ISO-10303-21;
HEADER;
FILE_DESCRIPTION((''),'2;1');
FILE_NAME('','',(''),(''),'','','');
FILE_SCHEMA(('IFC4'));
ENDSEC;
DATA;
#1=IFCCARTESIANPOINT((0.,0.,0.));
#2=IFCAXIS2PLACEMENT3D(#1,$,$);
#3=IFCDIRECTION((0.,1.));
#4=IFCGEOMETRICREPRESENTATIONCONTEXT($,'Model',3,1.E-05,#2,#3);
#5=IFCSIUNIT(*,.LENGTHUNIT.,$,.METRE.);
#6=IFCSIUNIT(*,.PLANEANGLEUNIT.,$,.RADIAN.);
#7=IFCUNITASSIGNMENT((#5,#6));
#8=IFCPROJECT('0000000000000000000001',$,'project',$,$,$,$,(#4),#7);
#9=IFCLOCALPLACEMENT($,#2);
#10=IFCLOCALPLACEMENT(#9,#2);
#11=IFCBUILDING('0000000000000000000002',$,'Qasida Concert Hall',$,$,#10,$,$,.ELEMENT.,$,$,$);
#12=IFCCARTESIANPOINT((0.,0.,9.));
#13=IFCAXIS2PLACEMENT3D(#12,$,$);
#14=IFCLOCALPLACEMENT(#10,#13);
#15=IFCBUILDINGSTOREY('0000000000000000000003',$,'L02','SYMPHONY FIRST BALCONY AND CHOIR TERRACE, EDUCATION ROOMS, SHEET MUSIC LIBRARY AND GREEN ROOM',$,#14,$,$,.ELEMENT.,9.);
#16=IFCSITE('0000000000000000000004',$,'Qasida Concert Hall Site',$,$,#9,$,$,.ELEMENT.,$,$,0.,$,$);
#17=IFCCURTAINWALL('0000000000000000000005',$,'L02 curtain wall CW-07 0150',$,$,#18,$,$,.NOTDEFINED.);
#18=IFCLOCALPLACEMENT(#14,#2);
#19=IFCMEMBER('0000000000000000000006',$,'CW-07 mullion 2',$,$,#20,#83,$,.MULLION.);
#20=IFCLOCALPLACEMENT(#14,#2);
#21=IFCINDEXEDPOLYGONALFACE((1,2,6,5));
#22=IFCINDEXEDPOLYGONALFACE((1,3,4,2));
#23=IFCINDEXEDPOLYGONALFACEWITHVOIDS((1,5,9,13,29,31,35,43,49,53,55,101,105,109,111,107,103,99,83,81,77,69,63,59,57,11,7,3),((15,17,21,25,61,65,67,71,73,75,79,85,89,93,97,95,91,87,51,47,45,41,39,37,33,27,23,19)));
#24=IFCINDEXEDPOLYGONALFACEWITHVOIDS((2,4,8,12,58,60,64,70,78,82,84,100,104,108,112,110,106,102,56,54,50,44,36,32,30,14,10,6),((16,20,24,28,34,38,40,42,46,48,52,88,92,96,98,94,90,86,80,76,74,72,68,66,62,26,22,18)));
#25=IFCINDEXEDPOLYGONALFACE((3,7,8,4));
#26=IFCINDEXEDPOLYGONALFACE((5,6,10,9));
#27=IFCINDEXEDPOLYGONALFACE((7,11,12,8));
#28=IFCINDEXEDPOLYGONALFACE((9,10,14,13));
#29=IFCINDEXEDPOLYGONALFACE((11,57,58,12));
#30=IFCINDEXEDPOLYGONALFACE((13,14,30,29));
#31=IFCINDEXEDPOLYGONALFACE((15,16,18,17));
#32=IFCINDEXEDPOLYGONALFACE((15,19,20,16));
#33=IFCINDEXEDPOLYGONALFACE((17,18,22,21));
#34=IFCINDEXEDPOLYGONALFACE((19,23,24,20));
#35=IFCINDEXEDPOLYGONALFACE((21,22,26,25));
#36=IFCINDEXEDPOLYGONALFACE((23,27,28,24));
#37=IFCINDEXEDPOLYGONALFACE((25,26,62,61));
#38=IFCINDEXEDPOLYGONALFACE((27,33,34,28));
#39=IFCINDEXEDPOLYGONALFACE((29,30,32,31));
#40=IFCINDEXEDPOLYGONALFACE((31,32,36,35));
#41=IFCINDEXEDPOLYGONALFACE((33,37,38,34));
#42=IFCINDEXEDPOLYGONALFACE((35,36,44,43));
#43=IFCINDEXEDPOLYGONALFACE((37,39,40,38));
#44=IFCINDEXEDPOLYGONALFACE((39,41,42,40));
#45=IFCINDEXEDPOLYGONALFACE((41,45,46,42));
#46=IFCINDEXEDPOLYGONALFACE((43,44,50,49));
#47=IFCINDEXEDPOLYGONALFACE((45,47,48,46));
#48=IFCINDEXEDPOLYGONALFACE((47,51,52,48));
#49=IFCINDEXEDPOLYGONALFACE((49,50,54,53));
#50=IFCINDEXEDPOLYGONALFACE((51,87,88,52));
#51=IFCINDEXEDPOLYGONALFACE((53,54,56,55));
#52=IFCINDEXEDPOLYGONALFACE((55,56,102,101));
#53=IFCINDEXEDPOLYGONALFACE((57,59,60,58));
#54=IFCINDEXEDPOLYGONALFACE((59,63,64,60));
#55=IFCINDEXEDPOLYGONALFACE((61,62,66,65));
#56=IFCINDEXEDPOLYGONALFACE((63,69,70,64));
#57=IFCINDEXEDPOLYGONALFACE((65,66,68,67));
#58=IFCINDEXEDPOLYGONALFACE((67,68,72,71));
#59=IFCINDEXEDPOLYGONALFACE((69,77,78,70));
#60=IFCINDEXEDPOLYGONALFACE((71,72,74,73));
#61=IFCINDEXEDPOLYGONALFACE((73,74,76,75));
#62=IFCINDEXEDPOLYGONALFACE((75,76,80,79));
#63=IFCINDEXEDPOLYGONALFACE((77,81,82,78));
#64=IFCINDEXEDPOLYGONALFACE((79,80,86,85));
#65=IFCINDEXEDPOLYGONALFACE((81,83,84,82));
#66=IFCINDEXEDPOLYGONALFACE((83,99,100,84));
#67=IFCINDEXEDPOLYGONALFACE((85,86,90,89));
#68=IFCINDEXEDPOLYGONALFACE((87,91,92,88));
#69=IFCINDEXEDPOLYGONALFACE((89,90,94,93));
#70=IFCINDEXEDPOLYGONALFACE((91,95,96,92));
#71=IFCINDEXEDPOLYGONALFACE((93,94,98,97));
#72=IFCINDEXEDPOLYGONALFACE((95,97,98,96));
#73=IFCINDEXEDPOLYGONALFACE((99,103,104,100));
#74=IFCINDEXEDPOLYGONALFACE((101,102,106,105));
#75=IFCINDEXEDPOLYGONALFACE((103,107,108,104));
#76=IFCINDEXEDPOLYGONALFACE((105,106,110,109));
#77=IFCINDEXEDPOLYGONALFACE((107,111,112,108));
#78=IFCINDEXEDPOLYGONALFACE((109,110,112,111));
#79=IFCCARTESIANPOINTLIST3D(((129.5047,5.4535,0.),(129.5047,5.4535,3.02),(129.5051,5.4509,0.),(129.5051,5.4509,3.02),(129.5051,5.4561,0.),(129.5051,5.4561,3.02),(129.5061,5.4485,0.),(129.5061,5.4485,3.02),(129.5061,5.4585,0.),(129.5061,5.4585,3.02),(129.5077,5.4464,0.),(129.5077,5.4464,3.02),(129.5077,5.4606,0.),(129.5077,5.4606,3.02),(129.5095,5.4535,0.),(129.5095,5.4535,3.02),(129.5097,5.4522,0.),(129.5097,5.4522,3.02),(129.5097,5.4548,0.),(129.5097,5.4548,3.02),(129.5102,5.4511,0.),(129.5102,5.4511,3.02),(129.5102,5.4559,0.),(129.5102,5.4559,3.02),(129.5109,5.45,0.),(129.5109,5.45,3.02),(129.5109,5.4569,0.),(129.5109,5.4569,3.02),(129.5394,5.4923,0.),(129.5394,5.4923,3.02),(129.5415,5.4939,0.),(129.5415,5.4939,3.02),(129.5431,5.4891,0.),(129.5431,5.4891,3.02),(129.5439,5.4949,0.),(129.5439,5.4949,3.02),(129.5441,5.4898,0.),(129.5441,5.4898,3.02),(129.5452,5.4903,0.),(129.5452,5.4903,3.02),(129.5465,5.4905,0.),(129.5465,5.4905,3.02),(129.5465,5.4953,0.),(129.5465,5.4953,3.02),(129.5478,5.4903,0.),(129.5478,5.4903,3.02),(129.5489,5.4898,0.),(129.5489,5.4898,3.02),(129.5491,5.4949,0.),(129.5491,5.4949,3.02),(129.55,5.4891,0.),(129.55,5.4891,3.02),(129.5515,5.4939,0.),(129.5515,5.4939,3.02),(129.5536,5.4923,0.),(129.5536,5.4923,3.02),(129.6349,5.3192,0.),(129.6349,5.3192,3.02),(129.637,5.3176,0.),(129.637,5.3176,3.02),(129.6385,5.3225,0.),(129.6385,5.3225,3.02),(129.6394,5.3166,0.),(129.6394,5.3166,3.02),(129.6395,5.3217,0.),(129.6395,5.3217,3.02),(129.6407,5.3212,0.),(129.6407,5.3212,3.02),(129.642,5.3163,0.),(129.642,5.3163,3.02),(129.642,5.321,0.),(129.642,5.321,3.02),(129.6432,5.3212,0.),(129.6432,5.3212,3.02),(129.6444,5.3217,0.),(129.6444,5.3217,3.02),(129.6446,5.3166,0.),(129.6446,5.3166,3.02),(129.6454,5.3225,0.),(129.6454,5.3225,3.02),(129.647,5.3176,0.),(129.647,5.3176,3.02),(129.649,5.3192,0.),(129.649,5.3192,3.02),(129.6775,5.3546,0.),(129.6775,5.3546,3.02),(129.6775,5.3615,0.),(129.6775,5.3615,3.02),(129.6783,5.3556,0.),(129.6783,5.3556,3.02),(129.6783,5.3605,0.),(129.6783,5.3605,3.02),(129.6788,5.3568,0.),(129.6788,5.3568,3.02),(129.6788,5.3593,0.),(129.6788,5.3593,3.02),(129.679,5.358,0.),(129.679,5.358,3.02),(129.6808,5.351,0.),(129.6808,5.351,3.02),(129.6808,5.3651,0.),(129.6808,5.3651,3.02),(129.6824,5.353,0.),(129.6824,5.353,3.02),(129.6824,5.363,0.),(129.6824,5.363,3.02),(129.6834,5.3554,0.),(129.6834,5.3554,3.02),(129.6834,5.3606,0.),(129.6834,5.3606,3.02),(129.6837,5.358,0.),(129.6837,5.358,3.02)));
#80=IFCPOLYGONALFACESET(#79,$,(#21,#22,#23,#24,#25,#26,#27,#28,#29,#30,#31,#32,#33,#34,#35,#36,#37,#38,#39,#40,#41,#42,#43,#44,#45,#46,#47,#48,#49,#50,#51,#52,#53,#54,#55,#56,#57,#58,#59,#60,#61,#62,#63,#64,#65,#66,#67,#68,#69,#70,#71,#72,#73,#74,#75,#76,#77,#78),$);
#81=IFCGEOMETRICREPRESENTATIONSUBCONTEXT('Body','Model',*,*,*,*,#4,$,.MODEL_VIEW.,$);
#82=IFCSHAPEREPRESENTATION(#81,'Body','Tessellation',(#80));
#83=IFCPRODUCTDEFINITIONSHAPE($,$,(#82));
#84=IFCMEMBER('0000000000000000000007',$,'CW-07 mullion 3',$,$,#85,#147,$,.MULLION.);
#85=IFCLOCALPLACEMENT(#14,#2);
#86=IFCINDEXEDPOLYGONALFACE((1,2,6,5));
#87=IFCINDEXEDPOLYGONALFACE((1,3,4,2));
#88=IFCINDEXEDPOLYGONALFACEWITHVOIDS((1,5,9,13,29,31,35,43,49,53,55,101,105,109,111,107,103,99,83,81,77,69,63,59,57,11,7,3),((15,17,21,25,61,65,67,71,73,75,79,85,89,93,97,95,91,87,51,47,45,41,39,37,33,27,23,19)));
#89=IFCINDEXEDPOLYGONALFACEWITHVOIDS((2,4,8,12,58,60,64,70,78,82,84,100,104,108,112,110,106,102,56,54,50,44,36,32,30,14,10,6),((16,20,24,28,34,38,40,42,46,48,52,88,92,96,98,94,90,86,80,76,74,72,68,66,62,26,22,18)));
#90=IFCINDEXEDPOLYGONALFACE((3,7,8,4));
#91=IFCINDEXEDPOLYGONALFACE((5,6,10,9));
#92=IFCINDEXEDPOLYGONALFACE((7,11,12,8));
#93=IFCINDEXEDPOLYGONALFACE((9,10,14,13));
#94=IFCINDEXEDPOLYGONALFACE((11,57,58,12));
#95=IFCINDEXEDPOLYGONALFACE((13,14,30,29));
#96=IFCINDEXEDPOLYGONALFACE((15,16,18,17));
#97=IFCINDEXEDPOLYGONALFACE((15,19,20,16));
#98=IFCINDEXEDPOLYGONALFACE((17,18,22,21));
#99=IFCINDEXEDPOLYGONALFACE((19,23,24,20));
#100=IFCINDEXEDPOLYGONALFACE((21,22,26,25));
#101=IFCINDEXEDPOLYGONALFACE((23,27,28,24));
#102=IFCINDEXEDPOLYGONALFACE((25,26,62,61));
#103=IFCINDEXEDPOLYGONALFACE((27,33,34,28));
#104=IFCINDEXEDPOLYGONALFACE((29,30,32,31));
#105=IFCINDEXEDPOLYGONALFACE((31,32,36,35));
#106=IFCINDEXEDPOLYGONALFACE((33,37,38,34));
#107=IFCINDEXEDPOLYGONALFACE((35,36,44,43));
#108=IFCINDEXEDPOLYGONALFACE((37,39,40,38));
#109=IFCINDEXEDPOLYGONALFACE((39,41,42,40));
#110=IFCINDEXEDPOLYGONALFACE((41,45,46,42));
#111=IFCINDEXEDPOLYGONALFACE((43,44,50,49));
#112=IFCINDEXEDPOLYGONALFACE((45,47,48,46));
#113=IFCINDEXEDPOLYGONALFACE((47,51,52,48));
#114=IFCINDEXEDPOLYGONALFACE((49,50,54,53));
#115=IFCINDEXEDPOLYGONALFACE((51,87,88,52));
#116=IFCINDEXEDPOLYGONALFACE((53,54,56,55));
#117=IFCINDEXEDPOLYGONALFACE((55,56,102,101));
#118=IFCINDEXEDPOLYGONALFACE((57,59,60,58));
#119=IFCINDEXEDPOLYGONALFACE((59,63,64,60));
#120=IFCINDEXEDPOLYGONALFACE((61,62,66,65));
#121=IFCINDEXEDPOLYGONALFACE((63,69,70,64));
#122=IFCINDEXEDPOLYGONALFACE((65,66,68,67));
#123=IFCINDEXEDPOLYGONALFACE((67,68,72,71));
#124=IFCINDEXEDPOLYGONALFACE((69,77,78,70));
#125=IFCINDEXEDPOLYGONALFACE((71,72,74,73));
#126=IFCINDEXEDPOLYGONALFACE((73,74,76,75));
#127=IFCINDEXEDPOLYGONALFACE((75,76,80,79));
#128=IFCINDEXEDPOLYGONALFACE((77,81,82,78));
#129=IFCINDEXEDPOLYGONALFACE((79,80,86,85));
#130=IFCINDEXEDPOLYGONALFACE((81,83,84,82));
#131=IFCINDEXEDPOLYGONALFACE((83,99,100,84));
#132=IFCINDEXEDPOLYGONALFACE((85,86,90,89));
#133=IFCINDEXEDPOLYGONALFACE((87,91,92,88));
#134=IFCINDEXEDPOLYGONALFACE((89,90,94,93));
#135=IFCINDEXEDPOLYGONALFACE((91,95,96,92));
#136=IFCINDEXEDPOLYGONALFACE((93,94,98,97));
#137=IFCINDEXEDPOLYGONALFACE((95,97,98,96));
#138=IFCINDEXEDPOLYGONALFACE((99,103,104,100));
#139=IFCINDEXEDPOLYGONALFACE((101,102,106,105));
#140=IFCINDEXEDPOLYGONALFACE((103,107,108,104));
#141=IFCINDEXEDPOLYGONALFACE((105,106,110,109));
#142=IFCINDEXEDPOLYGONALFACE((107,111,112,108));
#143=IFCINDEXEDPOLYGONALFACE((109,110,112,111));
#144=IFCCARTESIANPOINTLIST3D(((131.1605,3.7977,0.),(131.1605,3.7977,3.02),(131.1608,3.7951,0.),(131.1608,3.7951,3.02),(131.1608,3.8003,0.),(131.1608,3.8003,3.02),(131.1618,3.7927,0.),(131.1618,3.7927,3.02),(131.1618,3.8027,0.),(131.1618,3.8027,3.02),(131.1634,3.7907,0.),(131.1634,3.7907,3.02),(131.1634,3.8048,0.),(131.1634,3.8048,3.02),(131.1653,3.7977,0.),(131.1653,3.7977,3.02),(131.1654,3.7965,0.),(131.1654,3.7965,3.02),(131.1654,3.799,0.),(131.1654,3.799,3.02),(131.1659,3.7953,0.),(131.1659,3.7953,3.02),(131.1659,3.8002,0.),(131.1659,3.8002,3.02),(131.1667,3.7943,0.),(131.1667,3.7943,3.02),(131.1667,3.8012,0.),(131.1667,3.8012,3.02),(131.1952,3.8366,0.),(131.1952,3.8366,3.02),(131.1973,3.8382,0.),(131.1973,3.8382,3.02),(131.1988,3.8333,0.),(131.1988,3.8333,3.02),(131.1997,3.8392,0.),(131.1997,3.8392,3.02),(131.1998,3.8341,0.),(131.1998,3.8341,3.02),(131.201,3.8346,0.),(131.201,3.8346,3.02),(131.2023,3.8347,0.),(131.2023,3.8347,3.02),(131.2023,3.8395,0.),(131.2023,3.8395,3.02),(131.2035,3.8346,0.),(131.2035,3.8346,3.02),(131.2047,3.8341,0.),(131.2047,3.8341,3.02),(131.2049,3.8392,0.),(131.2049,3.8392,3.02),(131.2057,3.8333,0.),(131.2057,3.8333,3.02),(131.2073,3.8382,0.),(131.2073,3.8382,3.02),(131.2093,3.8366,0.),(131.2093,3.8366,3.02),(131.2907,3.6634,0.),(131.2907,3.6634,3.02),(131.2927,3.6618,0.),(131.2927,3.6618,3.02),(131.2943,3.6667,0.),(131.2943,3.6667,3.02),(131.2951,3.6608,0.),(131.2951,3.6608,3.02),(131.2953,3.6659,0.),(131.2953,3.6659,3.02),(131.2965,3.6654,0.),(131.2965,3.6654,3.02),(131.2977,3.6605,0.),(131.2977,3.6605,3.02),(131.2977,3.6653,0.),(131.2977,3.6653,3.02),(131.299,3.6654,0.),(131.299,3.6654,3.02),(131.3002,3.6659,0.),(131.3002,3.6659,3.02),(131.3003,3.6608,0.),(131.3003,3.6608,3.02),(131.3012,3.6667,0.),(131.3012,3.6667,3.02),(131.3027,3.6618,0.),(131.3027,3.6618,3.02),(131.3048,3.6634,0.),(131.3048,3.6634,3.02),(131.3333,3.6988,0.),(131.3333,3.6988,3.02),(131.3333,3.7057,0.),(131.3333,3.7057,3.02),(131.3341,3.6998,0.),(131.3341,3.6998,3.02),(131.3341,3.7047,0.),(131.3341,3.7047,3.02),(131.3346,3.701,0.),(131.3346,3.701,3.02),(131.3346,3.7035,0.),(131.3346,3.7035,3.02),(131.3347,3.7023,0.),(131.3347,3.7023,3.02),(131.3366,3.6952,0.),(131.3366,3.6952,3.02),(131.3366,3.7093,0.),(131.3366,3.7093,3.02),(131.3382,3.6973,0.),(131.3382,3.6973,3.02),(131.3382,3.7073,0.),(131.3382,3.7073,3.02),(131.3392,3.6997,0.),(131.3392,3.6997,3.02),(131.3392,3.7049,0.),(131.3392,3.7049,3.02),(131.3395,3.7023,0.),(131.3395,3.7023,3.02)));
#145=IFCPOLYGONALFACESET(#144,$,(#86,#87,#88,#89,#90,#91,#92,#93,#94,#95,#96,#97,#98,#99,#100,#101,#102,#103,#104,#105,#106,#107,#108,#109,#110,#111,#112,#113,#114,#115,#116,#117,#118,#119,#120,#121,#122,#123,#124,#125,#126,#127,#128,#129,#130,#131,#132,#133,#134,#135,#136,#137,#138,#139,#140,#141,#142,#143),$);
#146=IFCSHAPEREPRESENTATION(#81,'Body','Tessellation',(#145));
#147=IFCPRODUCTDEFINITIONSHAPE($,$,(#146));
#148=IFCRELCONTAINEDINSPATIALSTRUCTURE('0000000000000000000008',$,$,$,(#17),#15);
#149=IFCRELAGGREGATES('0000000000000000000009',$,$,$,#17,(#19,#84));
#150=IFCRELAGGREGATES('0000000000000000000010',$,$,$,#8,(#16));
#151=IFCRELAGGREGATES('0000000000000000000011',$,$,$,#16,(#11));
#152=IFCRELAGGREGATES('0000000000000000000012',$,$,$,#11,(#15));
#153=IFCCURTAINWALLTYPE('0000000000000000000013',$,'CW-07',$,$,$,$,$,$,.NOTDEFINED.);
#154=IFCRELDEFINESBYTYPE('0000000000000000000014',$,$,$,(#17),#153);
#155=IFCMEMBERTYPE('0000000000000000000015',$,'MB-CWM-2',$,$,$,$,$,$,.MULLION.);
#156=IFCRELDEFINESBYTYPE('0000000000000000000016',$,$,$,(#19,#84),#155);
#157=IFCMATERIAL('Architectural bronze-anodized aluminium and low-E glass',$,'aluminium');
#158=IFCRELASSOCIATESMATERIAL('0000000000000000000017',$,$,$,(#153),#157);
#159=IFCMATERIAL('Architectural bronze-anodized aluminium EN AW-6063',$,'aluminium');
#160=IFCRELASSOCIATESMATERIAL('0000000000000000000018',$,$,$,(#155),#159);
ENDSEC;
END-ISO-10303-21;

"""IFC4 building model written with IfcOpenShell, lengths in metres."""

from ifc_helpers import new_model, si_unit, direction, frame, origin, origin_2d, place, context, subcontext, project, spatial, hollow_rectangle, extrude, material, material_profile, profile_set, type_object, element, aggregate, save


model = new_model("IFC4")

# Units and contexts
model_context = context("Model", 3, precision=1e-05, world=origin(), true_north=direction((0.0, 1.0)))
body_context = subcontext(model_context, "Body", "Model", "MODEL_VIEW")
ifc_project = project(units=[si_unit("LENGTHUNIT", "METRE"), si_unit("PLANEANGLEUNIT", "RADIAN")], contexts=[model_context])

# Site, building, storey
site_placement = place(None, origin())
site = spatial("IfcSite", under=ifc_project, at=site_placement, Name="Qasida Concert Hall Site", CompositionType="ELEMENT", RefElevation=0.0)
building_placement = place(site_placement, origin())
building = spatial("IfcBuilding", under=site, at=building_placement, Name="Qasida Concert Hall", CompositionType="ELEMENT")
storey_placement = place(building_placement, frame((0.0, 0.0, 9.0)))
storey = spatial("IfcBuildingStorey", under=building, at=storey_placement, Name="L02", Description="SYMPHONY FIRST BALCONY AND CHOIR TERRACE, EDUCATION ROOMS, SHEET MUSIC LIBRARY AND GREEN ROOM", CompositionType="ELEMENT", Elevation=9.0)

# Shared definitions
ifc_material_1 = material(Name="Architectural bronze-anodized aluminium and low-E glass", Category="aluminium")
curtain_wall_type = type_object("IfcCurtainWallType", Name="CW-07", PredefinedType="NOTDEFINED", material=ifc_material_1)
ifc_material_2 = material(Name="Architectural bronze-anodized aluminium EN AW-6063", Category="aluminium")
ifc_material_profile_1 = material_profile(ifc_material_2, hollow_rectangle(XDim=0.0649, YDim=0.2, WallThickness=0.0049, InnerFilletRadius=0.0049, OuterFilletRadius=0.01, at=origin_2d()), Name="CWM 200x65x5")
ifc_profile_set_1 = profile_set([ifc_material_profile_1], Name="Architectural bronze-anodized aluminium EN AW-6063")
member_type_1 = type_object("IfcMemberType", Name="MB-CWM-2", PredefinedType="MULLION", material=ifc_profile_set_1)

# Curtain wall, members
curtain_wall_1_placement = place(storey_placement, origin())
curtain_wall_1 = element("IfcCurtainWall", 1, at=curtain_wall_1_placement, inside=storey, type_object=curtain_wall_type, Name="L02 curtain wall CW-07 0150", PredefinedType="NOTDEFINED")
member_1_placement = place(storey_placement, frame((129.5942, 5.4058, 0.0), z_axis=(0.0, 0.0, 1.0), x_axis=(0.707107, 0.707107, 0.0)))
member_1 = element("IfcMember", 2, at=member_1_placement, type_object=member_type_1, Name="CW-07 mullion 2", PredefinedType="MULLION", context=body_context, shape_type="SweptSolid", body=[
    extrude(hollow_rectangle(XDim=0.0649, YDim=0.2, WallThickness=0.0049, InnerFilletRadius=0.0049, OuterFilletRadius=0.01, at=origin_2d()), origin(), (0.0, 0.0, 1.0), 3.02),
])
member_2_placement = place(storey_placement, frame((131.25, 3.75, 0.0), z_axis=(0.0, 0.0, 1.0), x_axis=(0.707107, 0.707107, 0.0)))
member_2 = element("IfcMember", 3, at=member_2_placement, type_object=member_type_1, Name="CW-07 mullion 3", PredefinedType="MULLION", context=body_context, shape_type="SweptSolid", body=[
    extrude(hollow_rectangle(XDim=0.0649, YDim=0.2, WallThickness=0.0049, InnerFilletRadius=0.0049, OuterFilletRadius=0.01, at=origin_2d()), origin(), (0.0, 0.0, 1.0), 3.02),
])

aggregate(curtain_wall_1, [member_1, member_2])

save(model, "model.ifc")
